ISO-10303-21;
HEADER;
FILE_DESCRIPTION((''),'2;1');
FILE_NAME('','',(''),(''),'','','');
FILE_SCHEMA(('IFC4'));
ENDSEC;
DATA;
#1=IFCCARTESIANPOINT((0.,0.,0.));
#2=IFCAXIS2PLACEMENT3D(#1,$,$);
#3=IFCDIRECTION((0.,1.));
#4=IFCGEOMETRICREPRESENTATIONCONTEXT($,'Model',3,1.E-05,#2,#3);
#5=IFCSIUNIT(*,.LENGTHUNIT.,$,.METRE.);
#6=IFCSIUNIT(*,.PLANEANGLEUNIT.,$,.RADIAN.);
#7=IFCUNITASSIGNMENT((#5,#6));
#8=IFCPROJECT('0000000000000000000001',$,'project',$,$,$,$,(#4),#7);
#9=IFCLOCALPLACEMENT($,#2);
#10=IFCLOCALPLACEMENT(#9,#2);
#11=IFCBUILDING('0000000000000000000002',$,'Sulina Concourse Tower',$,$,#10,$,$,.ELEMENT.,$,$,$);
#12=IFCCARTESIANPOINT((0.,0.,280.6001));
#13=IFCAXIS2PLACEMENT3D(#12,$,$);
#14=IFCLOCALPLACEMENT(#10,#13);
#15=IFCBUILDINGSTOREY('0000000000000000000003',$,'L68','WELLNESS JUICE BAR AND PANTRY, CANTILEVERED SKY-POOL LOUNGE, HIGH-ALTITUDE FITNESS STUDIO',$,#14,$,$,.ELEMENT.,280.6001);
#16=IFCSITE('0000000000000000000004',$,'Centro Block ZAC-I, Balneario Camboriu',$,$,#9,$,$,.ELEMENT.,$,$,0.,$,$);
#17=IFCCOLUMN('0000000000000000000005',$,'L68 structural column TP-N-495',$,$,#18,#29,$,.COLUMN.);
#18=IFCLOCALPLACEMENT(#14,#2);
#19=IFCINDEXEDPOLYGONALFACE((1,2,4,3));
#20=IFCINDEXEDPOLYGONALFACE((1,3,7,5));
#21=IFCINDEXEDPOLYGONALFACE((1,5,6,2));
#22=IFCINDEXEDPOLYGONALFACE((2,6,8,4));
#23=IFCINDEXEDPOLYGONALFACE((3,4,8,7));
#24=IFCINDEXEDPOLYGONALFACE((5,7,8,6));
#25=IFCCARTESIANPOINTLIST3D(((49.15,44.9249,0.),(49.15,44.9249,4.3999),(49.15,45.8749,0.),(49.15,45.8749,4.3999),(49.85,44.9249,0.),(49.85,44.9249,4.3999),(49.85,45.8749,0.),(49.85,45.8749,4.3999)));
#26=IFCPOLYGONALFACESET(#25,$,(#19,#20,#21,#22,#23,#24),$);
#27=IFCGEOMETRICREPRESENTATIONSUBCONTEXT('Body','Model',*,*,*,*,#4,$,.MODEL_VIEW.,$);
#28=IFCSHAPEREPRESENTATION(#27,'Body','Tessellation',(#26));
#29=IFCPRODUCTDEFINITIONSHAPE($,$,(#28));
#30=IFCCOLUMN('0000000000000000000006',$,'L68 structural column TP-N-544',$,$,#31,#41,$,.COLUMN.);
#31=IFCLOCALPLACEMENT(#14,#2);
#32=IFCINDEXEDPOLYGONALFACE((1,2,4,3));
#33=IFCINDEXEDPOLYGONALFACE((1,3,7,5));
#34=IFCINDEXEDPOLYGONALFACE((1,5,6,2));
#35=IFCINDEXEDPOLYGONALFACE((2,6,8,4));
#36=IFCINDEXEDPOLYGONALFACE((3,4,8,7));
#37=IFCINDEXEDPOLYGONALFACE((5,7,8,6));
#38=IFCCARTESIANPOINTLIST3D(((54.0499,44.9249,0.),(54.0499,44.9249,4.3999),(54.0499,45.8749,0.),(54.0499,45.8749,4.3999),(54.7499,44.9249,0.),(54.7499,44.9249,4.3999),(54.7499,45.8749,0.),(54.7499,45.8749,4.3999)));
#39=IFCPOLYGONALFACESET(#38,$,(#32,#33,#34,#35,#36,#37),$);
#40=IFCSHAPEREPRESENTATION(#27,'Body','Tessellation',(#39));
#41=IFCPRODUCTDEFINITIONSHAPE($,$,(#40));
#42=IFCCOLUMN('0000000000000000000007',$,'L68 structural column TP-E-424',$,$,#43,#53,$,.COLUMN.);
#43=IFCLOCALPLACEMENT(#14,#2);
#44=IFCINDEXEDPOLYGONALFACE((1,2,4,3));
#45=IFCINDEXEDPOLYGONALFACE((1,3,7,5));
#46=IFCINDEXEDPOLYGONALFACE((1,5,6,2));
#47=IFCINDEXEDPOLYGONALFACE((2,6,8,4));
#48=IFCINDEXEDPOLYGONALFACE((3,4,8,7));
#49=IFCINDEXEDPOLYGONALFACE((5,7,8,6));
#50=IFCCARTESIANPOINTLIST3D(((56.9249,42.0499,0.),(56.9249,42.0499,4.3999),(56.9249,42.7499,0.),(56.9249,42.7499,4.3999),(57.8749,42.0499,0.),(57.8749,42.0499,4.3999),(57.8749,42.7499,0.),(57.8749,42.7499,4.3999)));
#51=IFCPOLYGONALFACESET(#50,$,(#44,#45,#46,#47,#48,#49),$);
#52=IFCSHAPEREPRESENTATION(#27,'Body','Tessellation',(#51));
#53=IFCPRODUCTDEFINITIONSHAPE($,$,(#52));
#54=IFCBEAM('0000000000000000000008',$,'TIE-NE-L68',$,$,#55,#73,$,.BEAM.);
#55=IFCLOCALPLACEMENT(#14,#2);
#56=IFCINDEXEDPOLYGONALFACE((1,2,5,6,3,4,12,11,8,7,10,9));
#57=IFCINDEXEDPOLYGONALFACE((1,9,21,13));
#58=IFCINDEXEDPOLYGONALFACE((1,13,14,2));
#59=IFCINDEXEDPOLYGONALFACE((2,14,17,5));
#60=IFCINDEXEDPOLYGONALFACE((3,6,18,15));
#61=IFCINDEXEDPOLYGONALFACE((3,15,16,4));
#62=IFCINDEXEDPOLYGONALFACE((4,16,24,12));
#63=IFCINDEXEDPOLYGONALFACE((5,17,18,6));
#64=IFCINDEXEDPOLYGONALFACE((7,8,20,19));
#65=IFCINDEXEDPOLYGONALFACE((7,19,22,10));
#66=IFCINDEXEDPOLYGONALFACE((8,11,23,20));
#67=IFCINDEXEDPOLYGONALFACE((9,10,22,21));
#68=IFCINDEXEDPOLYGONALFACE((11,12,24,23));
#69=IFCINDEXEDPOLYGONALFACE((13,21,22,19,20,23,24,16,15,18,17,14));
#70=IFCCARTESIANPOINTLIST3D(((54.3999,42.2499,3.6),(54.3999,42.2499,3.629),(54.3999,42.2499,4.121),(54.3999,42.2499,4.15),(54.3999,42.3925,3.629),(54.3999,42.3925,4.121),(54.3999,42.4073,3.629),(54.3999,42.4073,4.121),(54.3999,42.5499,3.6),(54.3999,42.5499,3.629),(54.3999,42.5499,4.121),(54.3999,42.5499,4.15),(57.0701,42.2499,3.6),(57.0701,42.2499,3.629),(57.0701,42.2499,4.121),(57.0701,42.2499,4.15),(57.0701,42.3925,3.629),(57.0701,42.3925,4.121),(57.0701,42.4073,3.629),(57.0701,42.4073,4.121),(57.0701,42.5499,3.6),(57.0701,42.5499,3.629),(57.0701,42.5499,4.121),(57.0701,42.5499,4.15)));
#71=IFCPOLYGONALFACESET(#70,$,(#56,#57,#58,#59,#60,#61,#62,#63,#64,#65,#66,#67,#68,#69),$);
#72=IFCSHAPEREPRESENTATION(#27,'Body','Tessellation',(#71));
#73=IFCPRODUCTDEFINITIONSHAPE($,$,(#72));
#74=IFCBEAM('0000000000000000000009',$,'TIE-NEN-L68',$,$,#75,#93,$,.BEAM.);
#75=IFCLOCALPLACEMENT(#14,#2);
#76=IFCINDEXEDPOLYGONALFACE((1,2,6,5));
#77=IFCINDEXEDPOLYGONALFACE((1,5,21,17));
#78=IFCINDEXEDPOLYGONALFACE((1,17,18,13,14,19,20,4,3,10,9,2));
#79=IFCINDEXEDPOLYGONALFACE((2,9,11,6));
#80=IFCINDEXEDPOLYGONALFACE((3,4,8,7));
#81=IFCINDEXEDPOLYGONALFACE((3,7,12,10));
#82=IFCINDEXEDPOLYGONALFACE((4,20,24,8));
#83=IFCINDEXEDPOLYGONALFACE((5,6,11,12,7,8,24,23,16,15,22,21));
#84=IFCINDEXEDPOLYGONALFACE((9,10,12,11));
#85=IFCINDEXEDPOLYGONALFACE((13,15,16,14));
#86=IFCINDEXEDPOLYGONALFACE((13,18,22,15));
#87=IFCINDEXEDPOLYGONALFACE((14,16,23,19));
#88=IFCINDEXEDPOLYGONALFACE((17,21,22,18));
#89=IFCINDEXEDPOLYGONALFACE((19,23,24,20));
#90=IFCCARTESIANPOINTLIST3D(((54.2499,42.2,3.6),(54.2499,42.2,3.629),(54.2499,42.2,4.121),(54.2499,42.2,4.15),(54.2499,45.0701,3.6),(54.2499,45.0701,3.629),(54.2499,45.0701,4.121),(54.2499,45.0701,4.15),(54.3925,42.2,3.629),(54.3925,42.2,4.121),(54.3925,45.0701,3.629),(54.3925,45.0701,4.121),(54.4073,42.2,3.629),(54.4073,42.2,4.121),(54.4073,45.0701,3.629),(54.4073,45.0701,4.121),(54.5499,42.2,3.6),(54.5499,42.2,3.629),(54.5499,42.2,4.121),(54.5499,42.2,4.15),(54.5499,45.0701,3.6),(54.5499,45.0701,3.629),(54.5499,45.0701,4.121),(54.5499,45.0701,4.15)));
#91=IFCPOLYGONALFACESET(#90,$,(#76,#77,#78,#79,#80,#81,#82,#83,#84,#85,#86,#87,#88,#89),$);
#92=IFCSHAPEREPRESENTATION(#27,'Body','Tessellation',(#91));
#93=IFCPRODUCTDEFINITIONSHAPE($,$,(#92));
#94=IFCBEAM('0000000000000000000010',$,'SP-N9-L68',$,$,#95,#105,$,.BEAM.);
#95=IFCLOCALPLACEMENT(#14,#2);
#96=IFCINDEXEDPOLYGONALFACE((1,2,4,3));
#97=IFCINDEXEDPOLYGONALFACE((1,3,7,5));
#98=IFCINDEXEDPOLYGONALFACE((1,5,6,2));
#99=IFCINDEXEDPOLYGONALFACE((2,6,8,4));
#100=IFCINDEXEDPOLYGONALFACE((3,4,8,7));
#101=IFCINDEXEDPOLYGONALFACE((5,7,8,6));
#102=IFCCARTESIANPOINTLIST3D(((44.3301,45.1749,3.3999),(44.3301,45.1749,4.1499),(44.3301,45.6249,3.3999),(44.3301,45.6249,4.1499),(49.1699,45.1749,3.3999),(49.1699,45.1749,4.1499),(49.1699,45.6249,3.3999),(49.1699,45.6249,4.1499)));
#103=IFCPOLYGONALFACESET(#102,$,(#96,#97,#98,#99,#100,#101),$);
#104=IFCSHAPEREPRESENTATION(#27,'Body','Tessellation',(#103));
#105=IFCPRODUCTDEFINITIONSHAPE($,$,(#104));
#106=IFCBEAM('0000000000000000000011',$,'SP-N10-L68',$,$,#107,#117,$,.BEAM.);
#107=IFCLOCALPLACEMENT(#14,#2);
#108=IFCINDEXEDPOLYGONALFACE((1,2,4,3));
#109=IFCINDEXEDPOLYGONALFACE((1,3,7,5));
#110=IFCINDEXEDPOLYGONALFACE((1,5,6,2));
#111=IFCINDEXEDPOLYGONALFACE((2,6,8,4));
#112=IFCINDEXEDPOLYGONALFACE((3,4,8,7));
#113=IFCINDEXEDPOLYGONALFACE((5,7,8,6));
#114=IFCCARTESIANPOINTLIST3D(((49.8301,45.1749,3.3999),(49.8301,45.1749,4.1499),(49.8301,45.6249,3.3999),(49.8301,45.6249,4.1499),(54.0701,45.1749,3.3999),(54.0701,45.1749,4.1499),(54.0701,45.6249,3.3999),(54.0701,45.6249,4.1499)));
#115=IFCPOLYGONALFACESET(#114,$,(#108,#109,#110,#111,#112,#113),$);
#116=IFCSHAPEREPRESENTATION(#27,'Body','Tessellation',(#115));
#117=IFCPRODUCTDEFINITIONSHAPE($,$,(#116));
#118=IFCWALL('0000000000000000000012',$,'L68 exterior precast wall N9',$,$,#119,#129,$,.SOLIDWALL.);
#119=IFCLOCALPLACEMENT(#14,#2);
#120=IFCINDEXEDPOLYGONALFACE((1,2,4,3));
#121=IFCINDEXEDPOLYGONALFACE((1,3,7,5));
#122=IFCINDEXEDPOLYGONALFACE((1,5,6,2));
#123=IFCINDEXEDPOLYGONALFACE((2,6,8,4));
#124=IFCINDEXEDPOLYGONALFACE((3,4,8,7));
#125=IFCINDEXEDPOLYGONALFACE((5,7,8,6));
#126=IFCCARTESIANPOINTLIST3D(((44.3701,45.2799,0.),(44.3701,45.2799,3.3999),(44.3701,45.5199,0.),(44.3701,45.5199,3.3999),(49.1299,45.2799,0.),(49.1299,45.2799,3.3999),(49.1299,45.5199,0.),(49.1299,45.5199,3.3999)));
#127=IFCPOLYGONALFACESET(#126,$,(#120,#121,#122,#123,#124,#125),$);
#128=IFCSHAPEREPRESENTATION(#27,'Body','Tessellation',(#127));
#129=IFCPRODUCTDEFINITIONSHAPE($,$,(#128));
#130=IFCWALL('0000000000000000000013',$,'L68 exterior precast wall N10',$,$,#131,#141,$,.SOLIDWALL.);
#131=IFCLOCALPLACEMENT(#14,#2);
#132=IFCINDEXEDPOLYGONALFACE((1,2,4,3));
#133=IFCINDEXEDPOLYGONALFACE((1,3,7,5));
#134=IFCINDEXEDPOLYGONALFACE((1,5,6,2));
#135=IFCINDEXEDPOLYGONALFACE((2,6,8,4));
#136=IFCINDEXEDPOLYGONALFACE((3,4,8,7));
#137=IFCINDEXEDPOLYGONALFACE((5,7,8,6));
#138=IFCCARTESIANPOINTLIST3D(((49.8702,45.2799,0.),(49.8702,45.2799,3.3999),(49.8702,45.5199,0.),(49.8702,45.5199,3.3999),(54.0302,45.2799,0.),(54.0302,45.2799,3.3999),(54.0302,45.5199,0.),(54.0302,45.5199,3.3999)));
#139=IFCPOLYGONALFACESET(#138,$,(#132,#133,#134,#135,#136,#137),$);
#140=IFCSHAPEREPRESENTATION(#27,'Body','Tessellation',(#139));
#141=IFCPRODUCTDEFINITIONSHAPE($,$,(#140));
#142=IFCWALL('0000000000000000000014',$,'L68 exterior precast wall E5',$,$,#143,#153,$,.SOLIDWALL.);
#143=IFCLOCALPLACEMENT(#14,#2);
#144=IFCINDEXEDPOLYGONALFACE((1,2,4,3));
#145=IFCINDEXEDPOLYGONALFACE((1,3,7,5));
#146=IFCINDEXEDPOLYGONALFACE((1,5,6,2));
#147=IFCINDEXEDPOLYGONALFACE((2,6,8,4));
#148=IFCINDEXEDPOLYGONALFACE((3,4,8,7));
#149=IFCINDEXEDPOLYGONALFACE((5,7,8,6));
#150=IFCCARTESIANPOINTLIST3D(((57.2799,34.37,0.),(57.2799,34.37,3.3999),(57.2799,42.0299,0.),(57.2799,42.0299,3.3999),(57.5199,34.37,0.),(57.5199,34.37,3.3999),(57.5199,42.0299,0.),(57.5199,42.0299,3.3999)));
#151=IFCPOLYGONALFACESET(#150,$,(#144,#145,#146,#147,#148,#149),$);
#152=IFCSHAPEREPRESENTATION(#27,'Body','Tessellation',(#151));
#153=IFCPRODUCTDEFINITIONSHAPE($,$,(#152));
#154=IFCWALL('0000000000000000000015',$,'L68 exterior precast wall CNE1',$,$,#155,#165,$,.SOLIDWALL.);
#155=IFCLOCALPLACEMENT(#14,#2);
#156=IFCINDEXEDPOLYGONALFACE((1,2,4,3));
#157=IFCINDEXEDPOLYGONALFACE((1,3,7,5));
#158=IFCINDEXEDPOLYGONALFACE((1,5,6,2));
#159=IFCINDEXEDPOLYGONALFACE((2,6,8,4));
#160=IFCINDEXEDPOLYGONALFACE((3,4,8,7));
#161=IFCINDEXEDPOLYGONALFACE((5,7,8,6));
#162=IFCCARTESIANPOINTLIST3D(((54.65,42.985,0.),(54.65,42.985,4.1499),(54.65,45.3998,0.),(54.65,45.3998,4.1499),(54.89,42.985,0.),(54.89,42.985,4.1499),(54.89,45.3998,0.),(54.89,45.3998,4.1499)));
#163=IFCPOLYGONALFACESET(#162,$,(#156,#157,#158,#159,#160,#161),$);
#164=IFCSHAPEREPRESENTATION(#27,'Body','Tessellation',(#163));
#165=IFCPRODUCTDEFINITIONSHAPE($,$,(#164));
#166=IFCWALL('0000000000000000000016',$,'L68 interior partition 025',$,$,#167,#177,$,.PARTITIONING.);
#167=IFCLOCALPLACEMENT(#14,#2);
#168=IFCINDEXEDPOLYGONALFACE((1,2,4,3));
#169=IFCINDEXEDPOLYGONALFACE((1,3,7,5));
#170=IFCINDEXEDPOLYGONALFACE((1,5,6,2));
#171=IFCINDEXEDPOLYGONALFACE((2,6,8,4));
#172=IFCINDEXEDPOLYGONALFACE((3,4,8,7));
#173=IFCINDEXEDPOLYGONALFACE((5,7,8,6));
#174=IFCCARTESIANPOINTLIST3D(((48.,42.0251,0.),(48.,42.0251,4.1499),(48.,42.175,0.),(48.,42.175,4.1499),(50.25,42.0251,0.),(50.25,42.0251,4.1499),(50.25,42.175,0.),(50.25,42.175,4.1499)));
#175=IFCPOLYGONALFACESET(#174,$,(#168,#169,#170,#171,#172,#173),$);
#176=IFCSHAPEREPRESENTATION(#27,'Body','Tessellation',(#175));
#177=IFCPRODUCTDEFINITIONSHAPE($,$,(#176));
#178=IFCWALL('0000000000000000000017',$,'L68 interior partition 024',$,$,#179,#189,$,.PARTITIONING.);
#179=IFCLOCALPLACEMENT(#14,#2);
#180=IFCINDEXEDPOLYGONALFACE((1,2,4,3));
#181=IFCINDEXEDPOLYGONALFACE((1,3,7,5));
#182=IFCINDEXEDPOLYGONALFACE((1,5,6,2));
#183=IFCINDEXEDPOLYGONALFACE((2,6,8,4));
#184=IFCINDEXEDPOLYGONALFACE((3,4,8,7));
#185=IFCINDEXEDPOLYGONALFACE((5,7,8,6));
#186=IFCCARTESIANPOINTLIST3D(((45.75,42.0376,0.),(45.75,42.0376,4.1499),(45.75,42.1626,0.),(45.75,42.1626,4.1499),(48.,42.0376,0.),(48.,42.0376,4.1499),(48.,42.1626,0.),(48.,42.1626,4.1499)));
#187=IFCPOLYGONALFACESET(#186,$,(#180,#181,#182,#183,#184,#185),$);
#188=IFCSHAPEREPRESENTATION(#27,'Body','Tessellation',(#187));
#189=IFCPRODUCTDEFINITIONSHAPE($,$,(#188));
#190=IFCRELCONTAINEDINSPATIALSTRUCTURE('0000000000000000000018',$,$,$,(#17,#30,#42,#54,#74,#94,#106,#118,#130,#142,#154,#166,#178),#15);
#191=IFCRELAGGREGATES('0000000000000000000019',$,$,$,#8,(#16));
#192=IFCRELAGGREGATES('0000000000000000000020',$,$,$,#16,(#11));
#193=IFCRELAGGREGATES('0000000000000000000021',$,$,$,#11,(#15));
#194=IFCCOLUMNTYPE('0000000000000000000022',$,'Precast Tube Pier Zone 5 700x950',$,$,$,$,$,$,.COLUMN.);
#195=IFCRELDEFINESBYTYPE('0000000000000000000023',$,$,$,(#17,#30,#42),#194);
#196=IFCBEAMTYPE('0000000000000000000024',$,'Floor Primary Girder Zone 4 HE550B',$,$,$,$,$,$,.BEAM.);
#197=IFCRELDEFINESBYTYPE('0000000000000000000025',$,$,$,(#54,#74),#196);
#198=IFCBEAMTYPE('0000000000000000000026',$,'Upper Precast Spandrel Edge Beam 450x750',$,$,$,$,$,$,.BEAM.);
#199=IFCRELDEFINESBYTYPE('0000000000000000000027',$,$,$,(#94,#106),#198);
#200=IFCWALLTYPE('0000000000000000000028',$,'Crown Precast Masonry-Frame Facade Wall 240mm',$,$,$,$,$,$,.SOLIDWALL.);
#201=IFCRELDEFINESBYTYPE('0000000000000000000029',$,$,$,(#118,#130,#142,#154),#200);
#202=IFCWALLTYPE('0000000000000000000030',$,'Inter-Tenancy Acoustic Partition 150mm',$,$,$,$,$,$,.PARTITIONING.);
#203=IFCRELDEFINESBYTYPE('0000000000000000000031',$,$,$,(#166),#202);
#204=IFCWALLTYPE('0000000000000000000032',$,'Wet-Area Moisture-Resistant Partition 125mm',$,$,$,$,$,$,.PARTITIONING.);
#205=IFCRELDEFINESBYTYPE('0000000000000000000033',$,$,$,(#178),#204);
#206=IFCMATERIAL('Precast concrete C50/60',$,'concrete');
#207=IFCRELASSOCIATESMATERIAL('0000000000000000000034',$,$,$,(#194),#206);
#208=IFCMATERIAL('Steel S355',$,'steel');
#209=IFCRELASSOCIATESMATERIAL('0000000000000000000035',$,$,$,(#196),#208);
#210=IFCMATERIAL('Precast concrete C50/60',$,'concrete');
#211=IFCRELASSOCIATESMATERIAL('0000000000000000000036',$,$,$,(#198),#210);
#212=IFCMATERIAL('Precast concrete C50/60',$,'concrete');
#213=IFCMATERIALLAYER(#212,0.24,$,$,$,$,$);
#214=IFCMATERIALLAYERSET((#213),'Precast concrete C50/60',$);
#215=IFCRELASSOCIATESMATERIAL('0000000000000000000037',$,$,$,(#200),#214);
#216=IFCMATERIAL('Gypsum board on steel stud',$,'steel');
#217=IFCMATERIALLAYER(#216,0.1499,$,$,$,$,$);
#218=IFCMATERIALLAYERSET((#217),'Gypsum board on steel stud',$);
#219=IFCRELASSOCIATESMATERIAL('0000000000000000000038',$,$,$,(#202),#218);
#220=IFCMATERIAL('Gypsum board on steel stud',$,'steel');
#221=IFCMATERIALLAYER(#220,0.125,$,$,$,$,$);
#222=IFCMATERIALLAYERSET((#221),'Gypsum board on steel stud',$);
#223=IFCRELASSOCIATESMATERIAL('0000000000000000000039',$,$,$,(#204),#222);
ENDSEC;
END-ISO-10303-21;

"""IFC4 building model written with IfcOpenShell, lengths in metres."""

from ifc_helpers import new_model, si_unit, direction, frame, frame_2d, origin, origin_2d, place, context, subcontext, project, spatial, rectangle, i_section, extrude, material, layer, layer_set, material_profile, profile_set, type_object, element, save


model = new_model("IFC4")

# Units and contexts
model_context = context("Model", 3, precision=1e-05, world=origin(), true_north=direction((0.0, 1.0)))
body_context = subcontext(model_context, "Body", "Model", "MODEL_VIEW")
ifc_project = project(units=[si_unit("LENGTHUNIT", "METRE"), si_unit("PLANEANGLEUNIT", "RADIAN")], contexts=[model_context])

# Site, building, storey
site_placement = place(None, origin())
site = spatial("IfcSite", under=ifc_project, at=site_placement, Name="Centro Block ZAC-I, Balneario Camboriu", CompositionType="ELEMENT", RefElevation=0.0)
building_placement = place(site_placement, origin())
building = spatial("IfcBuilding", under=site, at=building_placement, Name="Sulina Concourse Tower", CompositionType="ELEMENT")
storey_placement = place(building_placement, frame((0.0, 0.0, 280.6001)))
storey = spatial("IfcBuildingStorey", under=building, at=storey_placement, Name="L68", Description="WELLNESS JUICE BAR AND PANTRY, CANTILEVERED SKY-POOL LOUNGE, HIGH-ALTITUDE FITNESS STUDIO", CompositionType="ELEMENT", Elevation=280.6001)

# Columns
ifc_material_1 = material(Name="Precast concrete C50/60", Category="concrete")
ifc_material_profile_1 = material_profile(ifc_material_1, rectangle(XDim=0.7, YDim=0.95, at=origin_2d()), Name="PC 700x950")
ifc_profile_set_1 = profile_set([ifc_material_profile_1], Name="Precast concrete C50/60")
column_type = type_object("IfcColumnType", Name="Precast Tube Pier Zone 5 700x950", PredefinedType="COLUMN", material=ifc_profile_set_1)
for number, where, z_axis, x_axis, name in (
    (1, (49.5, 45.3999, 0.0), (0.0, 0.0, 1.0), (1.0, 0.0, 0.0), "L68 structural column TP-N-495"),
    (2, (54.3999, 45.3999, 0.0), (0.0, 0.0, 1.0), (1.0, 0.0, 0.0), "L68 structural column TP-N-544"),
    (3, (57.3999, 42.3999, 0.0), (0.0, 0.0, 1.0), (0.0, 1.0, 0.0), "L68 structural column TP-E-424"),
):
    element("IfcColumn", number, at=place(storey_placement, frame(where, z_axis=z_axis, x_axis=x_axis)), inside=storey, type_object=column_type, Name=name, PredefinedType="COLUMN", context=body_context, shape_type="SweptSolid", body=[
        extrude(rectangle(XDim=0.7, YDim=0.95, at=origin_2d()), origin(), (0.0, 0.0, 1.0), 4.3999),
    ])

# Beams
ifc_material_2 = material(Name="Steel S355", Category="steel")
ifc_material_profile_2 = material_profile(ifc_material_2, i_section(OverallWidth=0.3, OverallDepth=0.55, WebThickness=0.0149, FlangeThickness=0.0291, at=origin_2d()), Name="HE 550 B")
ifc_profile_set_2 = profile_set([ifc_material_profile_2], Name="Steel S355")
beam_type_1 = type_object("IfcBeamType", Name="Floor Primary Girder Zone 4 HE550B", PredefinedType="BEAM", material=ifc_profile_set_2)
beam_1_placement = place(storey_placement, frame((54.3999, 42.3999, 3.875), z_axis=(1.0, 0.0, 0.0), x_axis=(0.0, 1.0, 0.0)))
element("IfcBeam", 4, at=beam_1_placement, inside=storey, type_object=beam_type_1, Name="TIE-NE-L68", PredefinedType="BEAM", context=body_context, shape_type="SweptSolid", body=[
    extrude(i_section(OverallWidth=0.3, OverallDepth=0.55, WebThickness=0.0149, FlangeThickness=0.0291, at=origin_2d()), origin(), (0.0, 0.0, 1.0), 2.6702),
])
beam_2_placement = place(storey_placement, frame((54.3999, 42.2, 3.875), z_axis=(0.0, 1.0, 0.0), x_axis=(-1.0, 0.0, 0.0)))
element("IfcBeam", 5, at=beam_2_placement, inside=storey, type_object=beam_type_1, Name="TIE-NEN-L68", PredefinedType="BEAM", context=body_context, shape_type="SweptSolid", body=[
    extrude(i_section(OverallWidth=0.3, OverallDepth=0.55, WebThickness=0.0149, FlangeThickness=0.0291, at=origin_2d()), origin(), (0.0, 0.0, 1.0), 2.8701),
])
ifc_material_3 = material(Name="Precast concrete C50/60", Category="concrete")
ifc_material_profile_3 = material_profile(ifc_material_3, rectangle(XDim=0.45, YDim=0.75, at=origin_2d()), Name="RC 450x750")
ifc_profile_set_3 = profile_set([ifc_material_profile_3], Name="Precast concrete C50/60")
beam_type_2 = type_object("IfcBeamType", Name="Upper Precast Spandrel Edge Beam 450x750", PredefinedType="BEAM", material=ifc_profile_set_3)
beam_3_placement = place(storey_placement, frame((44.3301, 45.3999, 3.7749), z_axis=(1.0, 0.0, 0.0), x_axis=(0.0, 1.0, 0.0)))
element("IfcBeam", 6, at=beam_3_placement, inside=storey, type_object=beam_type_2, Name="SP-N9-L68", PredefinedType="BEAM", context=body_context, shape_type="SweptSolid", body=[
    extrude(rectangle(XDim=0.45, YDim=0.75, at=origin_2d()), origin(), (0.0, 0.0, 1.0), 4.8398),
])
beam_4_placement = place(storey_placement, frame((49.8301, 45.3999, 3.7749), z_axis=(1.0, 0.0, 0.0), x_axis=(0.0, 1.0, 0.0)))
element("IfcBeam", 7, at=beam_4_placement, inside=storey, type_object=beam_type_2, Name="SP-N10-L68", PredefinedType="BEAM", context=body_context, shape_type="SweptSolid", body=[
    extrude(rectangle(XDim=0.45, YDim=0.75, at=origin_2d()), origin(), (0.0, 0.0, 1.0), 4.24),
])

# Walls
ifc_material_4 = material(Name="Precast concrete C50/60", Category="concrete")
ifc_layer_1 = layer(ifc_material_4, 0.24)
ifc_layer_set_1 = layer_set([ifc_layer_1], Name="Precast concrete C50/60")
wall_type_1 = type_object("IfcWallType", Name="Crown Precast Masonry-Frame Facade Wall 240mm", PredefinedType="SOLIDWALL", material=ifc_layer_set_1)
wall_1_placement = place(storey_placement, frame((44.3701, 45.3999, 0.0), z_axis=(0.0, 0.0, 1.0), x_axis=(1.0, 0.0, 0.0)))
element("IfcWall", 8, at=wall_1_placement, inside=storey, type_object=wall_type_1, Name="L68 exterior precast wall N9", PredefinedType="SOLIDWALL", context=body_context, shape_type="SweptSolid", body=[
    extrude(rectangle(XDim=4.7598, YDim=0.24, at=frame_2d((2.3799, 0.0))), origin(), (0.0, 0.0, 1.0), 3.3999),
])
wall_2_placement = place(storey_placement, frame((49.8701, 45.3999, 0.0), z_axis=(0.0, 0.0, 1.0), x_axis=(1.0, 0.0, 0.0)))
element("IfcWall", 9, at=wall_2_placement, inside=storey, type_object=wall_type_1, Name="L68 exterior precast wall N10", PredefinedType="SOLIDWALL", context=body_context, shape_type="SweptSolid", body=[
    extrude(rectangle(XDim=4.1599, YDim=0.24, at=frame_2d((2.0801, 0.0))), origin(), (0.0, 0.0, 1.0), 3.3999),
])
wall_3_placement = place(storey_placement, frame((57.3999, 42.03, 0.0), z_axis=(0.0, 0.0, 1.0), x_axis=(0.0, -1.0, 0.0)))
element("IfcWall", 10, at=wall_3_placement, inside=storey, type_object=wall_type_1, Name="L68 exterior precast wall E5", PredefinedType="SOLIDWALL", context=body_context, shape_type="SweptSolid", body=[
    extrude(rectangle(XDim=7.6599, YDim=0.24, at=frame_2d((3.8301, 0.0))), origin(), (0.0, 0.0, 1.0), 3.3999),
])
wall_4_placement = place(storey_placement, frame((54.77, 45.3999, 0.0), z_axis=(0.0, 0.0, 1.0), x_axis=(0.0, -1.0, 0.0)))
element("IfcWall", 11, at=wall_4_placement, inside=storey, type_object=wall_type_1, Name="L68 exterior precast wall CNE1", PredefinedType="SOLIDWALL", context=body_context, shape_type="SweptSolid", body=[
    extrude(rectangle(XDim=2.4148, YDim=0.24, at=frame_2d((1.2075, 0.0))), origin(), (0.0, 0.0, 1.0), 4.1499),
])
ifc_material_5 = material(Name="Gypsum board on steel stud", Category="steel")
ifc_layer_2 = layer(ifc_material_5, 0.1499)
ifc_layer_set_2 = layer_set([ifc_layer_2], Name="Gypsum board on steel stud")
wall_type_2 = type_object("IfcWallType", Name="Inter-Tenancy Acoustic Partition 150mm", PredefinedType="PARTITIONING", material=ifc_layer_set_2)
wall_5_placement = place(storey_placement, frame((48.0, 42.1001, 0.0), z_axis=(0.0, 0.0, 1.0), x_axis=(1.0, 0.0, 0.0)))
element("IfcWall", 12, at=wall_5_placement, inside=storey, type_object=wall_type_2, Name="L68 interior partition 025", PredefinedType="PARTITIONING", context=body_context, shape_type="SweptSolid", body=[
    extrude(rectangle(XDim=2.25, YDim=0.1499, at=frame_2d((1.125, 0.0))), origin(), (0.0, 0.0, 1.0), 4.1499),
])
ifc_material_6 = material(Name="Gypsum board on steel stud", Category="steel")
ifc_layer_3 = layer(ifc_material_6, 0.125)
ifc_layer_set_3 = layer_set([ifc_layer_3], Name="Gypsum board on steel stud")
wall_type_3 = type_object("IfcWallType", Name="Wet-Area Moisture-Resistant Partition 125mm", PredefinedType="PARTITIONING", material=ifc_layer_set_3)
wall_6_placement = place(storey_placement, frame((45.75, 42.1001, 0.0), z_axis=(0.0, 0.0, 1.0), x_axis=(1.0, 0.0, 0.0)))
element("IfcWall", 13, at=wall_6_placement, inside=storey, type_object=wall_type_3, Name="L68 interior partition 024", PredefinedType="PARTITIONING", context=body_context, shape_type="SweptSolid", body=[
    extrude(rectangle(XDim=2.25, YDim=0.125, at=frame_2d((1.125, 0.0))), origin(), (0.0, 0.0, 1.0), 4.1499),
])

save(model, "model.ifc")
